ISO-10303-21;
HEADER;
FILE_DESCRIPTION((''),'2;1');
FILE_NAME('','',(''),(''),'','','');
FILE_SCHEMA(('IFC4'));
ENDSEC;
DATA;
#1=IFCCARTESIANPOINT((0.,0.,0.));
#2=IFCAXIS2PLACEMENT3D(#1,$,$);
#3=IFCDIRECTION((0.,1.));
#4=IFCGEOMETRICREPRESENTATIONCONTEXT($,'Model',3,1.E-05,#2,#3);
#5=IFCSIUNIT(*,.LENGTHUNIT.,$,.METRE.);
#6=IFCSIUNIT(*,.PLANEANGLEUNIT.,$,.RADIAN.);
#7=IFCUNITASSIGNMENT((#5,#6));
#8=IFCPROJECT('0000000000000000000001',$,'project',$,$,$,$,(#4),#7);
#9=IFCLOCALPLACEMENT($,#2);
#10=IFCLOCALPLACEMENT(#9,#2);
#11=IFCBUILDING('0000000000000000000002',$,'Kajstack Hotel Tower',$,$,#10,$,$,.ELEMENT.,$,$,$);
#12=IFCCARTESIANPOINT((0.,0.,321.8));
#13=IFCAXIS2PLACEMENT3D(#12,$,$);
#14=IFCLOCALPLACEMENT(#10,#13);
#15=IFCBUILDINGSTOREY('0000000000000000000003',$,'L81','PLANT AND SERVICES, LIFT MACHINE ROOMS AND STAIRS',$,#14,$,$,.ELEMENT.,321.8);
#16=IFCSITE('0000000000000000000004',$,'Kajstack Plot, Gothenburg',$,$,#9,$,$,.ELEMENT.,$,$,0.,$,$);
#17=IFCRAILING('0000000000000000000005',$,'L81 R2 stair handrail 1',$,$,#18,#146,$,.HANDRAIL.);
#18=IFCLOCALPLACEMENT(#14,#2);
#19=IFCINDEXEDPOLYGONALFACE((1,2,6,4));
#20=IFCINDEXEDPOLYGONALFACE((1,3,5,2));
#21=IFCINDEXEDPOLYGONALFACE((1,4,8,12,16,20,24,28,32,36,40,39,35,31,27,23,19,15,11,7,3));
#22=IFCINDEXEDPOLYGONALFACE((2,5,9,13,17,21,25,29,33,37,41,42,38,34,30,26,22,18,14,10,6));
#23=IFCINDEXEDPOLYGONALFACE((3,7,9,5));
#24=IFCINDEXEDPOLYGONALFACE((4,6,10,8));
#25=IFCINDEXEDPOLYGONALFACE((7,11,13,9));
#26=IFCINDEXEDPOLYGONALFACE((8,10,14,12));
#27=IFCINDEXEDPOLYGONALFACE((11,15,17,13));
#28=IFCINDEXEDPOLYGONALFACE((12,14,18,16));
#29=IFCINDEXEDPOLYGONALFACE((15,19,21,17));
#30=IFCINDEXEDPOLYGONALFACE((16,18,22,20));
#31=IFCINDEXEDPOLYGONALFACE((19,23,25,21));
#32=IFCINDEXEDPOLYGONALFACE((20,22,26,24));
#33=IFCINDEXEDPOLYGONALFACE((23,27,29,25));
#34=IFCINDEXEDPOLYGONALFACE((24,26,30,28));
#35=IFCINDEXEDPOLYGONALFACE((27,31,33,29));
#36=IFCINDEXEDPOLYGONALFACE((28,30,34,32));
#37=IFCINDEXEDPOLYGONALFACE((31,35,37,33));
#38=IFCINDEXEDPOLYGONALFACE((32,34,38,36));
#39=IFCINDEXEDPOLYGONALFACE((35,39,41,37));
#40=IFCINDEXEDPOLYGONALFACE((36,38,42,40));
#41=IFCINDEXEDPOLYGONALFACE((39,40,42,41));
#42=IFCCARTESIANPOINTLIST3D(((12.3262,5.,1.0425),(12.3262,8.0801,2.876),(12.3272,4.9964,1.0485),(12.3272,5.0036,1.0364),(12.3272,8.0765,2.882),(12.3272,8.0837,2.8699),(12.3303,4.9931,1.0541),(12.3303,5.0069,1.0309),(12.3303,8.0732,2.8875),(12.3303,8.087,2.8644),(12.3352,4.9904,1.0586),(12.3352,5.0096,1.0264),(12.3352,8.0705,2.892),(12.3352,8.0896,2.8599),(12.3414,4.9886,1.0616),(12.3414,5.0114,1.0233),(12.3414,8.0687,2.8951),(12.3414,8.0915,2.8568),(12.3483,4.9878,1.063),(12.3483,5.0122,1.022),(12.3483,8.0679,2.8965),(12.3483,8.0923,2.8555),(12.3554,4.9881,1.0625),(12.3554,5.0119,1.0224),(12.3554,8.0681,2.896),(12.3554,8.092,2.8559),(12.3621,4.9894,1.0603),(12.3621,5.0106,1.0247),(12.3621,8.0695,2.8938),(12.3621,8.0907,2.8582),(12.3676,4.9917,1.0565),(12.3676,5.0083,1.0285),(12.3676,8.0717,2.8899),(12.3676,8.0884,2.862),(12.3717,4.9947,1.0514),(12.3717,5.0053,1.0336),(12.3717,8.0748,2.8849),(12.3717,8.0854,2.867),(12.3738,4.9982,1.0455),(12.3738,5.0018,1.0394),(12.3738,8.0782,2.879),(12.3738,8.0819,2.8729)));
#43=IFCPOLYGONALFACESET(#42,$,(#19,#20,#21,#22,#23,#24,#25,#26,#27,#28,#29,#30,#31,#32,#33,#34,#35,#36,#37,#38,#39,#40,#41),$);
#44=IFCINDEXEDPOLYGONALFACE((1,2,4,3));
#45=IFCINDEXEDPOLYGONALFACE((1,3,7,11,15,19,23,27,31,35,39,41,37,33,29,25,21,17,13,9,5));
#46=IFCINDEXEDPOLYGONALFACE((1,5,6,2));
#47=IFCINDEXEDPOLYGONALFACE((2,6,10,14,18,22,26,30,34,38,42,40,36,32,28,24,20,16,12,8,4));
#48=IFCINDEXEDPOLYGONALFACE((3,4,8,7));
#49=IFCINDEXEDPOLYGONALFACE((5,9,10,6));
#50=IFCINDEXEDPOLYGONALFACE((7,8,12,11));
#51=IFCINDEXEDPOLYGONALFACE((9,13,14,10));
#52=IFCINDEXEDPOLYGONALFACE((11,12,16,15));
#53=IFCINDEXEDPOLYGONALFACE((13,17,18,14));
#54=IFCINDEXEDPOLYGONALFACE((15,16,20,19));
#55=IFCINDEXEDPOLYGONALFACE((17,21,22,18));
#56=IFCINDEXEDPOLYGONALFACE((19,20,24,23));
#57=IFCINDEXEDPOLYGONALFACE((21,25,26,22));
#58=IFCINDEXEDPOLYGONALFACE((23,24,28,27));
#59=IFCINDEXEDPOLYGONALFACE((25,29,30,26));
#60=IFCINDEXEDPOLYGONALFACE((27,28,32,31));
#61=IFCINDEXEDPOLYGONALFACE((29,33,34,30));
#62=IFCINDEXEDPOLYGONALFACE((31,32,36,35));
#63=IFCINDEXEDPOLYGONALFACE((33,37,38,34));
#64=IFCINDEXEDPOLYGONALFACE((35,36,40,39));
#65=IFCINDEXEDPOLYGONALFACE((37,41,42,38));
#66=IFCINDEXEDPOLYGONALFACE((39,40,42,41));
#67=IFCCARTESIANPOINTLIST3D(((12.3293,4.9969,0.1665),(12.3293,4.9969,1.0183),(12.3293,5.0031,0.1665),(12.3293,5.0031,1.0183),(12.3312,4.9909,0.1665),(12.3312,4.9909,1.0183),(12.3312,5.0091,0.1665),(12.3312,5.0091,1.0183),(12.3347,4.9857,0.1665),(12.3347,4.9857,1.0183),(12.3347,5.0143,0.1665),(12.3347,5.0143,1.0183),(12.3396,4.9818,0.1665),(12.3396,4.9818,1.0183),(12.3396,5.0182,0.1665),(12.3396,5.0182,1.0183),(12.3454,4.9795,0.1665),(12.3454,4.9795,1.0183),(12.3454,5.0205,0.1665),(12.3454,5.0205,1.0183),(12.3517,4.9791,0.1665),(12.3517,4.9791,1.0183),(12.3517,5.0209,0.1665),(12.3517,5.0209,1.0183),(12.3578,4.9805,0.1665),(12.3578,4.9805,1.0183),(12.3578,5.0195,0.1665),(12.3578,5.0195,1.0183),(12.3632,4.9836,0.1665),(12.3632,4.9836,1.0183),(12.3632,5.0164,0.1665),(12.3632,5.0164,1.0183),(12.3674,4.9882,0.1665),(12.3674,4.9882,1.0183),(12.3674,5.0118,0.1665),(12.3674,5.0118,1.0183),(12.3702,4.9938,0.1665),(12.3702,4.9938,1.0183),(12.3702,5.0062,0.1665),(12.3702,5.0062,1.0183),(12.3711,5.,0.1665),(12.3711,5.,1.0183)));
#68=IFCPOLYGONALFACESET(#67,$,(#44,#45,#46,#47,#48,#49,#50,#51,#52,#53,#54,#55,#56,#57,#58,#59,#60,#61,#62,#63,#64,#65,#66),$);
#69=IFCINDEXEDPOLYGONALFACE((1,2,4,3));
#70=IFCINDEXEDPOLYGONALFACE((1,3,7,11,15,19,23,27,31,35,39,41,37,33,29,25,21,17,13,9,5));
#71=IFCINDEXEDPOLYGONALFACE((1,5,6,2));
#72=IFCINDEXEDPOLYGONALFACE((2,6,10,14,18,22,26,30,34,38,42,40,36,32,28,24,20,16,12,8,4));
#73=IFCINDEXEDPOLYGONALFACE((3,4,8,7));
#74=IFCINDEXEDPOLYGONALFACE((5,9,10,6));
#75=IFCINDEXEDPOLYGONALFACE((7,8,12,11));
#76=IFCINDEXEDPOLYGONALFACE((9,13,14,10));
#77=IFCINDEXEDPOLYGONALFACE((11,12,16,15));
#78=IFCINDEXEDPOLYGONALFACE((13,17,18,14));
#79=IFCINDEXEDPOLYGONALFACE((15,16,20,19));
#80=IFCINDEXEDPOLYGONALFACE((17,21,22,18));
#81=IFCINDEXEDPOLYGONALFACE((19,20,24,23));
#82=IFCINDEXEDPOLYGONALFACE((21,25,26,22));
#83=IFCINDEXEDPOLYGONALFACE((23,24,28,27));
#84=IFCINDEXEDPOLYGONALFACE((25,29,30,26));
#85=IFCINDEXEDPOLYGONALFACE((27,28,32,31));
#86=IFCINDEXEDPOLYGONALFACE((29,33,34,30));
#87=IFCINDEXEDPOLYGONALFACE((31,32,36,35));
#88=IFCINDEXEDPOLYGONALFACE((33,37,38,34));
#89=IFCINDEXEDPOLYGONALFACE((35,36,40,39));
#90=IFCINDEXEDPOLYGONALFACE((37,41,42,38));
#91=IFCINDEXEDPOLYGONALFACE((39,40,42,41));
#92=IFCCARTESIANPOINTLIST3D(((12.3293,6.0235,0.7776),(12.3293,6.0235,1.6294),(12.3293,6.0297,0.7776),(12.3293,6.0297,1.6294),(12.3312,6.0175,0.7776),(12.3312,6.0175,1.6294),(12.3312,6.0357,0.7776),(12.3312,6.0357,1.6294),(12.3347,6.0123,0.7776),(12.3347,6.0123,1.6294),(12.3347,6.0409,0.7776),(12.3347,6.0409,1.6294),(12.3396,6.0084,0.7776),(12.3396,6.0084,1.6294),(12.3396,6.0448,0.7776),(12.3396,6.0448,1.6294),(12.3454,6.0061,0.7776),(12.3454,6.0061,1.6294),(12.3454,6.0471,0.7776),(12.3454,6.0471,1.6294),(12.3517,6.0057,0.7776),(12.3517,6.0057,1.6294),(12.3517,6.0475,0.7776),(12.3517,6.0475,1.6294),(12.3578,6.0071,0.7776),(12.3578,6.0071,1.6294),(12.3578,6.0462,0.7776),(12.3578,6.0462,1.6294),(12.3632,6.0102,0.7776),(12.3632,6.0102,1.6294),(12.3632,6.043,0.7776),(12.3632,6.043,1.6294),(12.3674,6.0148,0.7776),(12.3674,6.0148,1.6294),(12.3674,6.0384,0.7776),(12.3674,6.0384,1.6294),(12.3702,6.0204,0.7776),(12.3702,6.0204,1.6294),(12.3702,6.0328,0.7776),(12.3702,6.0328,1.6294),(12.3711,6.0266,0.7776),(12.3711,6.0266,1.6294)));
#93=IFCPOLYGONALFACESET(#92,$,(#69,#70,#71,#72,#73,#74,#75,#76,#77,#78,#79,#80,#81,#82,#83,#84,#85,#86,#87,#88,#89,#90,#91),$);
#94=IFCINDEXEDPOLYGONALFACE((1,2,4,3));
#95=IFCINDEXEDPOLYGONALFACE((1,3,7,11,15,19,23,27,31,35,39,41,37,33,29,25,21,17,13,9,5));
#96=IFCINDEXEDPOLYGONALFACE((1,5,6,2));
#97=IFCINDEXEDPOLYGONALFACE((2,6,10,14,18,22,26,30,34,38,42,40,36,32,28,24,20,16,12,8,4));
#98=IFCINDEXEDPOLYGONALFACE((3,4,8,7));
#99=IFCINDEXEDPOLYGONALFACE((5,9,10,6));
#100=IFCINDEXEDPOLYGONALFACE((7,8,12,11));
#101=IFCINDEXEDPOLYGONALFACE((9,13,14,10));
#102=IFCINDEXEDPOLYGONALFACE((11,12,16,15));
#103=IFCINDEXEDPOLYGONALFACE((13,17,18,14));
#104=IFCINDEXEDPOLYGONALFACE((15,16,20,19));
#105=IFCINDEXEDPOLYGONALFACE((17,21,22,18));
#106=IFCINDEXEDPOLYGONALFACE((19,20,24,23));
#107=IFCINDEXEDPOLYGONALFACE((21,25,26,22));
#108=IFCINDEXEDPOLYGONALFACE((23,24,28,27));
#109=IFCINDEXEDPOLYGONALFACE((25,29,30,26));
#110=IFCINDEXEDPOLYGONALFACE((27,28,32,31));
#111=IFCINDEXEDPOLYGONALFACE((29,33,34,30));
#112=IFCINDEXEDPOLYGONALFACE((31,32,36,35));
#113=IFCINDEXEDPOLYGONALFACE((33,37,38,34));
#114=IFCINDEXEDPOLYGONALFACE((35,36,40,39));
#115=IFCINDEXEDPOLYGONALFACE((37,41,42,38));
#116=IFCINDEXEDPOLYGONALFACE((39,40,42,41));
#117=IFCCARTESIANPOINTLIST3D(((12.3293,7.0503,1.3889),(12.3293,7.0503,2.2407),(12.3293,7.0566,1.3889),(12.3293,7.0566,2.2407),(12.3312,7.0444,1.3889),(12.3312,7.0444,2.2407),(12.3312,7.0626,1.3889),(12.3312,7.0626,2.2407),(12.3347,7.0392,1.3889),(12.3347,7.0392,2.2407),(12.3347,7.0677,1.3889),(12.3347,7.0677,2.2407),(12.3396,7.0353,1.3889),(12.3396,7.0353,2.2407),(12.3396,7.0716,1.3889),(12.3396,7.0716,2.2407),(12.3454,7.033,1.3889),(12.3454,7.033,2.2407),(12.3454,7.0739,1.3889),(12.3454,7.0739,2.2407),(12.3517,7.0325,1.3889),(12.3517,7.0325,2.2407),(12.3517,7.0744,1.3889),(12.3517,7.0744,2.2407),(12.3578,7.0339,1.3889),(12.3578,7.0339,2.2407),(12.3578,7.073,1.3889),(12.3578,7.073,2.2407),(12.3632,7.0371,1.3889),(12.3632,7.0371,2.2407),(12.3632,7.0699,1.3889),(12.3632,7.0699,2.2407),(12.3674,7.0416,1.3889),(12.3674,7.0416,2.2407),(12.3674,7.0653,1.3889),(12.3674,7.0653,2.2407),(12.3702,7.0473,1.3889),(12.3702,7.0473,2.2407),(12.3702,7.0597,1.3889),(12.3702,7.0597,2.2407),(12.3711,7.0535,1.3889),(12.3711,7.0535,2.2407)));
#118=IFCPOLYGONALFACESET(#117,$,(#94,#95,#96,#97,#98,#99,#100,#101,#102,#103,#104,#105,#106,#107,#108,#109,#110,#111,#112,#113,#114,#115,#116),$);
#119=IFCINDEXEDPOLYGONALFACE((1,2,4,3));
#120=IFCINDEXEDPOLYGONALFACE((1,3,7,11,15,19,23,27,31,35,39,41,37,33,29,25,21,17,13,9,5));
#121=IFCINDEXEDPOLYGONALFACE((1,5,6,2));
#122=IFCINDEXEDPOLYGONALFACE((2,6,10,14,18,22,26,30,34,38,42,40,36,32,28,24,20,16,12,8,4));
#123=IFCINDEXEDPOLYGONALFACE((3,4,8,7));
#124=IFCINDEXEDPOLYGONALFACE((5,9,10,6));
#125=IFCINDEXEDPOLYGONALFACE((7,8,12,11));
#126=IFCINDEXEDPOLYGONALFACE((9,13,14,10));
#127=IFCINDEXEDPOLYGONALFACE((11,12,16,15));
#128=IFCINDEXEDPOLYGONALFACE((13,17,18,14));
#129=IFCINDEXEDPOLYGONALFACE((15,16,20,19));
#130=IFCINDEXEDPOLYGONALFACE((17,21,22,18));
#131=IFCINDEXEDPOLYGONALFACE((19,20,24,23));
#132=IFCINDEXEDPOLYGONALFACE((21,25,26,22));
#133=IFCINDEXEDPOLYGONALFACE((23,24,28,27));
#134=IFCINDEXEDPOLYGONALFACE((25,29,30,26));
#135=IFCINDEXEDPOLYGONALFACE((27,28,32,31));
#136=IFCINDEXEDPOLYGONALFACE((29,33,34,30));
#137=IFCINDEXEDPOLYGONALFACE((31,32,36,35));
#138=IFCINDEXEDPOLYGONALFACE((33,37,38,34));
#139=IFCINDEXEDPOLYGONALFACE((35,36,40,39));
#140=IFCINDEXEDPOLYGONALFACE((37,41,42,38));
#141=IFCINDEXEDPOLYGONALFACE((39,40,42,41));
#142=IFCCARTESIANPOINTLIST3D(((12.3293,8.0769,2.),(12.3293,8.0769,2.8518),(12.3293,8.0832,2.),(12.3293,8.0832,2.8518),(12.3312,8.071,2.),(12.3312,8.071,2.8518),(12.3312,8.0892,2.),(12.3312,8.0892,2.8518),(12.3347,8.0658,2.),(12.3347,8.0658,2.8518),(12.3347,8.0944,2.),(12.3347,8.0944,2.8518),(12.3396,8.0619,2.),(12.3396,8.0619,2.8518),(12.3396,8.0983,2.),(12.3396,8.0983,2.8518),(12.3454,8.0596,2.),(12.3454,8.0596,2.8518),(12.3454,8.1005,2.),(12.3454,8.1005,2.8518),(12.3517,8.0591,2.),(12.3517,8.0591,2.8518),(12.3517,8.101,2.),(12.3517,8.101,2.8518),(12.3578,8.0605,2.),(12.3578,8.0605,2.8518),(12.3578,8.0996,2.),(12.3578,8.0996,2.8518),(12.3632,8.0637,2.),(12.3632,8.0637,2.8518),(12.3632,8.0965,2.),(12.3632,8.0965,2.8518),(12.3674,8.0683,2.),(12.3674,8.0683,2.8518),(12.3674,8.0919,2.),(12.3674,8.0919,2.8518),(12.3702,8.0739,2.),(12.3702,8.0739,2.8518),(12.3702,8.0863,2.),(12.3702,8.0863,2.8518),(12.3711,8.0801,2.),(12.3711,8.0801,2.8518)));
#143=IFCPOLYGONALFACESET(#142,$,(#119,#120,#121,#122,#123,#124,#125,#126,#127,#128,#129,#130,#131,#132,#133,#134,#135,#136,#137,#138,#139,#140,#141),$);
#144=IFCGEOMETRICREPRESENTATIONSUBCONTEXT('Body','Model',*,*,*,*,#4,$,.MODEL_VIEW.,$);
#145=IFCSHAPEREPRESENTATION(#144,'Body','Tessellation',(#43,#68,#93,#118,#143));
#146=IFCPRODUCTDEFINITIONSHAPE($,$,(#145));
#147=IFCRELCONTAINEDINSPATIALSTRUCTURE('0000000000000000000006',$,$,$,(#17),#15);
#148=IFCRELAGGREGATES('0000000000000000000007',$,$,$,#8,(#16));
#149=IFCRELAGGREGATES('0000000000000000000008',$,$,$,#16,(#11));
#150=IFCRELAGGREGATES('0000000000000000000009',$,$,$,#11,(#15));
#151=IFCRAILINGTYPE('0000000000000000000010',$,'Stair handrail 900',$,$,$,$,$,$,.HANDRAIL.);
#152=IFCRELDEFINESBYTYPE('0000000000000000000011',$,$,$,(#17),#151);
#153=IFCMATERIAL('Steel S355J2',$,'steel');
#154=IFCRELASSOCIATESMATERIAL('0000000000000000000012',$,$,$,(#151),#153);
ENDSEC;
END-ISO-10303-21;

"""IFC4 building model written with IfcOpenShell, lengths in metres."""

from ifc_helpers import new_model, si_unit, direction, frame, origin, origin_2d, place, context, subcontext, project, spatial, circle, extrude, material, type_object, element, save


model = new_model("IFC4")

# Units and contexts
model_context = context("Model", 3, precision=1e-05, world=origin(), true_north=direction((0.0, 1.0)))
body_context = subcontext(model_context, "Body", "Model", "MODEL_VIEW")
ifc_project = project(units=[si_unit("LENGTHUNIT", "METRE"), si_unit("PLANEANGLEUNIT", "RADIAN")], contexts=[model_context])

# Site, building, storey
site_placement = place(None, origin())
site = spatial("IfcSite", under=ifc_project, at=site_placement, Name="Kajstack Plot, Gothenburg", CompositionType="ELEMENT", RefElevation=0.0)
building_placement = place(site_placement, origin())
building = spatial("IfcBuilding", under=site, at=building_placement, Name="Kajstack Hotel Tower", CompositionType="ELEMENT")
storey_placement = place(building_placement, frame((0.0, 0.0, 321.8)))
storey = spatial("IfcBuildingStorey", under=building, at=storey_placement, Name="L81", Description="PLANT AND SERVICES, LIFT MACHINE ROOMS AND STAIRS", CompositionType="ELEMENT", Elevation=321.8)

# Shared definitions
ifc_material_1 = material(Name="Steel S355J2", Category="steel")

# Railing
railing_type_1 = type_object("IfcRailingType", Name="Stair handrail 900", PredefinedType="HANDRAIL", material=ifc_material_1)
railing_1_placement = place(storey_placement, frame((12.3501, 5.0, 0.1665)))
element("IfcRailing", 1, at=railing_1_placement, inside=storey, type_object=railing_type_1, Name="L81 R2 stair handrail 1", PredefinedType="HANDRAIL", context=body_context, shape_type="SweptSolid", body=[
    extrude(circle(Radius=0.0239, at=origin_2d()), frame((0.0, 0.0, 0.876), z_axis=(0.0, 0.859279, 0.511508), x_axis=(-1.0, 0.0, 0.0)), (0.0, 0.0, 1.0), 3.5845),
    extrude(circle(Radius=0.021, at=origin_2d()), origin(), (0.0, 0.0, 1.0), 0.8518),
    extrude(circle(Radius=0.021, at=origin_2d()), frame((0.0, 1.0266, 0.6111)), (0.0, 0.0, 1.0), 0.8518),
    extrude(circle(Radius=0.021, at=origin_2d()), frame((0.0, 2.0535, 1.2224)), (0.0, 0.0, 1.0), 0.8518),
    extrude(circle(Radius=0.021, at=origin_2d()), frame((0.0, 3.0801, 1.8335)), (0.0, 0.0, 1.0), 0.8518),
])

save(model, "model.ifc")
